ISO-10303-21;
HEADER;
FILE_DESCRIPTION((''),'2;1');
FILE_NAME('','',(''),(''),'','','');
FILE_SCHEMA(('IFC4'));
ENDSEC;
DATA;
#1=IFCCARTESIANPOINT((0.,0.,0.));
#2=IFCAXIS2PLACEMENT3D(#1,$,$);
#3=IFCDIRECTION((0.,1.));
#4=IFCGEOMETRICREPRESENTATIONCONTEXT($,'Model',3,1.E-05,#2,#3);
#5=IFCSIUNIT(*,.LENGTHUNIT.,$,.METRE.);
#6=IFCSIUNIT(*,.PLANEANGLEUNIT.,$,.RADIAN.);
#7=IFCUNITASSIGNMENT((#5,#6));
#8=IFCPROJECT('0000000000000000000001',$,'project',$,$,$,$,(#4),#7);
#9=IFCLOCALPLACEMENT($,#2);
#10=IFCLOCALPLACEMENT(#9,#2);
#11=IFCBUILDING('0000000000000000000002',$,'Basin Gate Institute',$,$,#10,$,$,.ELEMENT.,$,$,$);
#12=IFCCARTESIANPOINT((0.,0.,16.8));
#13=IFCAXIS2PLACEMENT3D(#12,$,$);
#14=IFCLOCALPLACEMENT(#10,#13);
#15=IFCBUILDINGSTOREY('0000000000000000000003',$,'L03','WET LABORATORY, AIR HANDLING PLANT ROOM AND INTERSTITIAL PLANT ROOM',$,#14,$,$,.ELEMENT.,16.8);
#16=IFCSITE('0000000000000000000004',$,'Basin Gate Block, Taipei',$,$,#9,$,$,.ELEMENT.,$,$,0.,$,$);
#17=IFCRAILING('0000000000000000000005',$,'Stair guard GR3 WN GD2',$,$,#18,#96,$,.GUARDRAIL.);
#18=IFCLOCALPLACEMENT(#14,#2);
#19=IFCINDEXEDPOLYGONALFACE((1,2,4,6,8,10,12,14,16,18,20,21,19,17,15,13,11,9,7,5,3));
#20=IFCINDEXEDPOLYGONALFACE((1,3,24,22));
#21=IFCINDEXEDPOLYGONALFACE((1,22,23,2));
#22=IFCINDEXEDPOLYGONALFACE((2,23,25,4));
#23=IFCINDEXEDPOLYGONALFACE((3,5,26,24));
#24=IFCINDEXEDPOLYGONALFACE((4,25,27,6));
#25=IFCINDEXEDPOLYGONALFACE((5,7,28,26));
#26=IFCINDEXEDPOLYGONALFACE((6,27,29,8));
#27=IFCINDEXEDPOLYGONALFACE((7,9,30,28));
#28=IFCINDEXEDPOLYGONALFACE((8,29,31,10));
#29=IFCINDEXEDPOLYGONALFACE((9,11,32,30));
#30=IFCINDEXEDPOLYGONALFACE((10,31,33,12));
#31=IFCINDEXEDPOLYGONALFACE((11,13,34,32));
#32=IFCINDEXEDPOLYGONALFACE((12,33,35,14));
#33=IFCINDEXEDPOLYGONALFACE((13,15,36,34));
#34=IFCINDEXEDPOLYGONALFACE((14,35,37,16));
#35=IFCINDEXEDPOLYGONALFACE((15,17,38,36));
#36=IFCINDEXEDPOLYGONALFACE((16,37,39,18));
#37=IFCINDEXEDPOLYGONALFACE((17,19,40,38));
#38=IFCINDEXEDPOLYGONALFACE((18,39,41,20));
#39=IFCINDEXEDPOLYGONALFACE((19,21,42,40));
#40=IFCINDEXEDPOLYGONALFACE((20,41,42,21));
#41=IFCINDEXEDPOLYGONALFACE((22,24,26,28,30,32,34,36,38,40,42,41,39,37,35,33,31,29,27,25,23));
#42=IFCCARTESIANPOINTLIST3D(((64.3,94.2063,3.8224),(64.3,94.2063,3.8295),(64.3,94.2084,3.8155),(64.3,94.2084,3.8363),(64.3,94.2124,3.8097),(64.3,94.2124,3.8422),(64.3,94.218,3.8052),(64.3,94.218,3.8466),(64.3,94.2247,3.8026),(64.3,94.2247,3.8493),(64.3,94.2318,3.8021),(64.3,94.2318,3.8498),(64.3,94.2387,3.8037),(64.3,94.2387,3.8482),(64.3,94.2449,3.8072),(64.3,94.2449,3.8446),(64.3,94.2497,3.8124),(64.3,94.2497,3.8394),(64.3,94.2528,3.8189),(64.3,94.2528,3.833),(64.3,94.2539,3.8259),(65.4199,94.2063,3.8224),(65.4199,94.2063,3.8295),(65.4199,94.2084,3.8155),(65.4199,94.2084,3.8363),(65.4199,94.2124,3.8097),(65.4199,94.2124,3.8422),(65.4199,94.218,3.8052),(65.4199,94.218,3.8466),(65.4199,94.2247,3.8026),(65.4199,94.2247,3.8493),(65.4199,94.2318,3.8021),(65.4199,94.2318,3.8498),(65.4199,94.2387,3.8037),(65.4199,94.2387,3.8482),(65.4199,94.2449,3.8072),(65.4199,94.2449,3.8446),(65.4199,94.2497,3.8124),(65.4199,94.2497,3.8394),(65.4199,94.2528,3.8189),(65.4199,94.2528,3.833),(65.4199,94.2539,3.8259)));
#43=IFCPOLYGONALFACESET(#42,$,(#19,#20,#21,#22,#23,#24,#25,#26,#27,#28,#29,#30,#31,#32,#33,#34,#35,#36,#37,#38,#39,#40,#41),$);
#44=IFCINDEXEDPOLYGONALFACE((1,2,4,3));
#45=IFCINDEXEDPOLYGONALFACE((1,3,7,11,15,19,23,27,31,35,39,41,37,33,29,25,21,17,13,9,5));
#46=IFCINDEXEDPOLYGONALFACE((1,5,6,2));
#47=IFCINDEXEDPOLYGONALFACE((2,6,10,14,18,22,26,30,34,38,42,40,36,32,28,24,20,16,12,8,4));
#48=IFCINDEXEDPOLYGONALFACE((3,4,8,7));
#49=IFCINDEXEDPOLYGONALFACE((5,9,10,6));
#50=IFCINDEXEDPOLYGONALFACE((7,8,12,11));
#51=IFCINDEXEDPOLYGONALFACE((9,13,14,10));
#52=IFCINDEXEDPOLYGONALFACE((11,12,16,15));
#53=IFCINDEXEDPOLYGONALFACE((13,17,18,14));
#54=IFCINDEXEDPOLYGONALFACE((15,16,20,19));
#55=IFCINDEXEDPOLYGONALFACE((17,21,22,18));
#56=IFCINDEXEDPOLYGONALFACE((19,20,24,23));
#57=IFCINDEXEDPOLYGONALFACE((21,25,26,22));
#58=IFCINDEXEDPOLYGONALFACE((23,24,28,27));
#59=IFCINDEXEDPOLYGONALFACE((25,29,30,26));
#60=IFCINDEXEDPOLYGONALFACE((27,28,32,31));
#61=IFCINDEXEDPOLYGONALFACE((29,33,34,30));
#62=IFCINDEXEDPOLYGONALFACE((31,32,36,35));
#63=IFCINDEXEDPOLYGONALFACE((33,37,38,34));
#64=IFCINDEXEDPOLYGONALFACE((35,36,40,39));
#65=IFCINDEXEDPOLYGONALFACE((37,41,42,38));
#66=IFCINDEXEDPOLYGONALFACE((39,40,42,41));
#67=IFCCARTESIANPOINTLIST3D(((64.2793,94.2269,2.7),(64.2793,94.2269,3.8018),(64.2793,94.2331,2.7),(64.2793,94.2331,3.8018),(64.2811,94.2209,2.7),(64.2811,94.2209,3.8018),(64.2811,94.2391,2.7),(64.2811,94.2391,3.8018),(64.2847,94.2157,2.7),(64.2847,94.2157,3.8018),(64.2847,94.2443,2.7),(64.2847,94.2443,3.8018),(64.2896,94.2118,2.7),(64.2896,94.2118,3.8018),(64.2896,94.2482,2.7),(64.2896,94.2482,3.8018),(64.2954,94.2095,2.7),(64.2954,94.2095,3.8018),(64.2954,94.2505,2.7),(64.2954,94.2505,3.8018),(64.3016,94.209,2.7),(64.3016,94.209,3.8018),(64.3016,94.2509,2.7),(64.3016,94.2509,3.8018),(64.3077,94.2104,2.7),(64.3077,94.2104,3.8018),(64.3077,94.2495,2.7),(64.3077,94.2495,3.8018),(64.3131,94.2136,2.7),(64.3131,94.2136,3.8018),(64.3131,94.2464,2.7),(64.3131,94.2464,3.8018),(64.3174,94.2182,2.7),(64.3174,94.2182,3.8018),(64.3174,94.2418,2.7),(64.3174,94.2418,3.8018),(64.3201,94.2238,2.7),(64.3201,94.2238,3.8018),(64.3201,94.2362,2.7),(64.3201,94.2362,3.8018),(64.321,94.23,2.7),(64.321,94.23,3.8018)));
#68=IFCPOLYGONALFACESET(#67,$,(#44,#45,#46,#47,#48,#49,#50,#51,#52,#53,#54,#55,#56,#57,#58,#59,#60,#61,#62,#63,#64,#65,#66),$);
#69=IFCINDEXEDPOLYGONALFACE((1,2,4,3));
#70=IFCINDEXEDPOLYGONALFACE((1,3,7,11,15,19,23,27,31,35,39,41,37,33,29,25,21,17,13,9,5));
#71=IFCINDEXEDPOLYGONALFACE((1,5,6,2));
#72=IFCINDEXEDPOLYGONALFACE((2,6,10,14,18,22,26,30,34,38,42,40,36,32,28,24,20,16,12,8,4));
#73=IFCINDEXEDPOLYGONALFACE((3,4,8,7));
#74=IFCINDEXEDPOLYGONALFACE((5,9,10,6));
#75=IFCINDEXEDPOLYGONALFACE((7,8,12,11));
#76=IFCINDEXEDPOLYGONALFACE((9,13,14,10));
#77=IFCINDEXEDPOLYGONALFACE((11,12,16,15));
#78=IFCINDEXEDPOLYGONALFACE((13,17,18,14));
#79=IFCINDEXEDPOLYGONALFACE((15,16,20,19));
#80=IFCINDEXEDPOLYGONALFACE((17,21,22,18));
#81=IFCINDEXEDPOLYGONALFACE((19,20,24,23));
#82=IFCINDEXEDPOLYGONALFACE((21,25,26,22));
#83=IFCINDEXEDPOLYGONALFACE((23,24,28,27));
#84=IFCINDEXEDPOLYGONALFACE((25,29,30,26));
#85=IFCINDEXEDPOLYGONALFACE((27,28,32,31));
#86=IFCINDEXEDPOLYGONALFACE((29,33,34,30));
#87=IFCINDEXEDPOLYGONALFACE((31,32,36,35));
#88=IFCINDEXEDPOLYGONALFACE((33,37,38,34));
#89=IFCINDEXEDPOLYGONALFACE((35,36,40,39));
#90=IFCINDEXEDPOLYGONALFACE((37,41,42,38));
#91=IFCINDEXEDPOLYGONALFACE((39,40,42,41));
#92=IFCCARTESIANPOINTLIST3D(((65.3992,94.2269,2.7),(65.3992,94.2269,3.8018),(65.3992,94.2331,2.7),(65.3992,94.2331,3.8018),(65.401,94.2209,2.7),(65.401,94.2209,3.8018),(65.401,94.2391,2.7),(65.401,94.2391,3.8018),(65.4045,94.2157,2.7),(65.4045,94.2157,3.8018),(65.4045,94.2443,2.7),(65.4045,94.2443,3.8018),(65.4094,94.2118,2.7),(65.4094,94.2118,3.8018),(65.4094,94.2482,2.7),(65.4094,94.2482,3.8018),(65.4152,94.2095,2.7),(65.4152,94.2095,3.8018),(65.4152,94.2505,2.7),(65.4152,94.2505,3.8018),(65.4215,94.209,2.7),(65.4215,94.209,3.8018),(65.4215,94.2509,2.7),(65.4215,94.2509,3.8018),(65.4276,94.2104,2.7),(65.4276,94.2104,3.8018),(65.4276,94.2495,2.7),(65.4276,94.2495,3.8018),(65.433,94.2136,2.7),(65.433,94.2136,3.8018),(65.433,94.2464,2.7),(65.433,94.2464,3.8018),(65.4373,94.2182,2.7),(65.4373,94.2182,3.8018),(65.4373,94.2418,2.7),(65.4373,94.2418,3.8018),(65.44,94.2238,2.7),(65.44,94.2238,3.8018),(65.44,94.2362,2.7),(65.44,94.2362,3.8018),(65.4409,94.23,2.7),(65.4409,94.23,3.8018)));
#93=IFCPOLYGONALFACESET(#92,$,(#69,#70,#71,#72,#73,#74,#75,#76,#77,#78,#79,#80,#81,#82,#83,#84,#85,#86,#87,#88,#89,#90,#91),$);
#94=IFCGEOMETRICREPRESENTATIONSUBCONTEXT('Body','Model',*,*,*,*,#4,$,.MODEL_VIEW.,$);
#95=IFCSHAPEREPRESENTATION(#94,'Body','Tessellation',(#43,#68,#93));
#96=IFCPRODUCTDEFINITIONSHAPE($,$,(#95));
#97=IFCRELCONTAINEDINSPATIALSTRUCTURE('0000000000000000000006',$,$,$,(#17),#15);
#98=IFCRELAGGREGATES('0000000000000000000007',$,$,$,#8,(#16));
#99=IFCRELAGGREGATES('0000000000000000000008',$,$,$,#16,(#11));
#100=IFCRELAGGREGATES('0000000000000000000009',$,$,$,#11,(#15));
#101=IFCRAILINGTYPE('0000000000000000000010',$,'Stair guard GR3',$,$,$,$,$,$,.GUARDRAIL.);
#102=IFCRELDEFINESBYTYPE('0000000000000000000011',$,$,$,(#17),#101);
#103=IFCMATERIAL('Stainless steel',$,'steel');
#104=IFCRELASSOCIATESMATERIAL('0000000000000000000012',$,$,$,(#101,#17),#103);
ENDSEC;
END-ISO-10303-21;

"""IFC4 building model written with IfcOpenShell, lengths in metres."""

from ifc_helpers import new_model, si_unit, direction, frame, origin, origin_2d, place, context, subcontext, project, spatial, circle, extrude, material, type_object, element, save


model = new_model("IFC4")

# Units and contexts
model_context = context("Model", 3, precision=1e-05, world=origin(), true_north=direction((0.0, 1.0)))
body_context = subcontext(model_context, "Body", "Model", "MODEL_VIEW")
ifc_project = project(units=[si_unit("LENGTHUNIT", "METRE"), si_unit("PLANEANGLEUNIT", "RADIAN")], contexts=[model_context])

# Site, building, storey
site_placement = place(None, origin())
site = spatial("IfcSite", under=ifc_project, at=site_placement, Name="Basin Gate Block, Taipei", CompositionType="ELEMENT", RefElevation=0.0)
building_placement = place(site_placement, origin())
building = spatial("IfcBuilding", under=site, at=building_placement, Name="Basin Gate Institute", CompositionType="ELEMENT")
storey_placement = place(building_placement, frame((0.0, 0.0, 16.8)))
storey = spatial("IfcBuildingStorey", under=building, at=storey_placement, Name="L03", Description="WET LABORATORY, AIR HANDLING PLANT ROOM AND INTERSTITIAL PLANT ROOM", CompositionType="ELEMENT", Elevation=16.8)

# Railing
ifc_material_1 = material(Name="Stainless steel", Category="steel")
railing_type_1 = type_object("IfcRailingType", Name="Stair guard GR3", PredefinedType="GUARDRAIL", material=ifc_material_1)
railing_1_placement = place(storey_placement, frame((64.3, 94.23, 2.7)))
element("IfcRailing", 1, at=railing_1_placement, inside=storey, type_object=railing_type_1, material=ifc_material_1, Name="Stair guard GR3 WN GD2", PredefinedType="GUARDRAIL", context=body_context, shape_type="SweptSolid", body=[
    extrude(circle(Radius=0.0239, at=origin_2d()), frame((0.0, 0.0, 1.126), z_axis=(1.0, 0.0, 0.0), x_axis=(0.0, 1.0, 0.0)), (0.0, 0.0, 1.0), 1.1199),
    extrude(circle(Radius=0.021, at=origin_2d()), origin(), (0.0, 0.0, 1.0), 1.1018),
    extrude(circle(Radius=0.021, at=origin_2d()), frame((1.1199, 0.0, 0.0)), (0.0, 0.0, 1.0), 1.1018),
])

save(model, "model.ifc")
